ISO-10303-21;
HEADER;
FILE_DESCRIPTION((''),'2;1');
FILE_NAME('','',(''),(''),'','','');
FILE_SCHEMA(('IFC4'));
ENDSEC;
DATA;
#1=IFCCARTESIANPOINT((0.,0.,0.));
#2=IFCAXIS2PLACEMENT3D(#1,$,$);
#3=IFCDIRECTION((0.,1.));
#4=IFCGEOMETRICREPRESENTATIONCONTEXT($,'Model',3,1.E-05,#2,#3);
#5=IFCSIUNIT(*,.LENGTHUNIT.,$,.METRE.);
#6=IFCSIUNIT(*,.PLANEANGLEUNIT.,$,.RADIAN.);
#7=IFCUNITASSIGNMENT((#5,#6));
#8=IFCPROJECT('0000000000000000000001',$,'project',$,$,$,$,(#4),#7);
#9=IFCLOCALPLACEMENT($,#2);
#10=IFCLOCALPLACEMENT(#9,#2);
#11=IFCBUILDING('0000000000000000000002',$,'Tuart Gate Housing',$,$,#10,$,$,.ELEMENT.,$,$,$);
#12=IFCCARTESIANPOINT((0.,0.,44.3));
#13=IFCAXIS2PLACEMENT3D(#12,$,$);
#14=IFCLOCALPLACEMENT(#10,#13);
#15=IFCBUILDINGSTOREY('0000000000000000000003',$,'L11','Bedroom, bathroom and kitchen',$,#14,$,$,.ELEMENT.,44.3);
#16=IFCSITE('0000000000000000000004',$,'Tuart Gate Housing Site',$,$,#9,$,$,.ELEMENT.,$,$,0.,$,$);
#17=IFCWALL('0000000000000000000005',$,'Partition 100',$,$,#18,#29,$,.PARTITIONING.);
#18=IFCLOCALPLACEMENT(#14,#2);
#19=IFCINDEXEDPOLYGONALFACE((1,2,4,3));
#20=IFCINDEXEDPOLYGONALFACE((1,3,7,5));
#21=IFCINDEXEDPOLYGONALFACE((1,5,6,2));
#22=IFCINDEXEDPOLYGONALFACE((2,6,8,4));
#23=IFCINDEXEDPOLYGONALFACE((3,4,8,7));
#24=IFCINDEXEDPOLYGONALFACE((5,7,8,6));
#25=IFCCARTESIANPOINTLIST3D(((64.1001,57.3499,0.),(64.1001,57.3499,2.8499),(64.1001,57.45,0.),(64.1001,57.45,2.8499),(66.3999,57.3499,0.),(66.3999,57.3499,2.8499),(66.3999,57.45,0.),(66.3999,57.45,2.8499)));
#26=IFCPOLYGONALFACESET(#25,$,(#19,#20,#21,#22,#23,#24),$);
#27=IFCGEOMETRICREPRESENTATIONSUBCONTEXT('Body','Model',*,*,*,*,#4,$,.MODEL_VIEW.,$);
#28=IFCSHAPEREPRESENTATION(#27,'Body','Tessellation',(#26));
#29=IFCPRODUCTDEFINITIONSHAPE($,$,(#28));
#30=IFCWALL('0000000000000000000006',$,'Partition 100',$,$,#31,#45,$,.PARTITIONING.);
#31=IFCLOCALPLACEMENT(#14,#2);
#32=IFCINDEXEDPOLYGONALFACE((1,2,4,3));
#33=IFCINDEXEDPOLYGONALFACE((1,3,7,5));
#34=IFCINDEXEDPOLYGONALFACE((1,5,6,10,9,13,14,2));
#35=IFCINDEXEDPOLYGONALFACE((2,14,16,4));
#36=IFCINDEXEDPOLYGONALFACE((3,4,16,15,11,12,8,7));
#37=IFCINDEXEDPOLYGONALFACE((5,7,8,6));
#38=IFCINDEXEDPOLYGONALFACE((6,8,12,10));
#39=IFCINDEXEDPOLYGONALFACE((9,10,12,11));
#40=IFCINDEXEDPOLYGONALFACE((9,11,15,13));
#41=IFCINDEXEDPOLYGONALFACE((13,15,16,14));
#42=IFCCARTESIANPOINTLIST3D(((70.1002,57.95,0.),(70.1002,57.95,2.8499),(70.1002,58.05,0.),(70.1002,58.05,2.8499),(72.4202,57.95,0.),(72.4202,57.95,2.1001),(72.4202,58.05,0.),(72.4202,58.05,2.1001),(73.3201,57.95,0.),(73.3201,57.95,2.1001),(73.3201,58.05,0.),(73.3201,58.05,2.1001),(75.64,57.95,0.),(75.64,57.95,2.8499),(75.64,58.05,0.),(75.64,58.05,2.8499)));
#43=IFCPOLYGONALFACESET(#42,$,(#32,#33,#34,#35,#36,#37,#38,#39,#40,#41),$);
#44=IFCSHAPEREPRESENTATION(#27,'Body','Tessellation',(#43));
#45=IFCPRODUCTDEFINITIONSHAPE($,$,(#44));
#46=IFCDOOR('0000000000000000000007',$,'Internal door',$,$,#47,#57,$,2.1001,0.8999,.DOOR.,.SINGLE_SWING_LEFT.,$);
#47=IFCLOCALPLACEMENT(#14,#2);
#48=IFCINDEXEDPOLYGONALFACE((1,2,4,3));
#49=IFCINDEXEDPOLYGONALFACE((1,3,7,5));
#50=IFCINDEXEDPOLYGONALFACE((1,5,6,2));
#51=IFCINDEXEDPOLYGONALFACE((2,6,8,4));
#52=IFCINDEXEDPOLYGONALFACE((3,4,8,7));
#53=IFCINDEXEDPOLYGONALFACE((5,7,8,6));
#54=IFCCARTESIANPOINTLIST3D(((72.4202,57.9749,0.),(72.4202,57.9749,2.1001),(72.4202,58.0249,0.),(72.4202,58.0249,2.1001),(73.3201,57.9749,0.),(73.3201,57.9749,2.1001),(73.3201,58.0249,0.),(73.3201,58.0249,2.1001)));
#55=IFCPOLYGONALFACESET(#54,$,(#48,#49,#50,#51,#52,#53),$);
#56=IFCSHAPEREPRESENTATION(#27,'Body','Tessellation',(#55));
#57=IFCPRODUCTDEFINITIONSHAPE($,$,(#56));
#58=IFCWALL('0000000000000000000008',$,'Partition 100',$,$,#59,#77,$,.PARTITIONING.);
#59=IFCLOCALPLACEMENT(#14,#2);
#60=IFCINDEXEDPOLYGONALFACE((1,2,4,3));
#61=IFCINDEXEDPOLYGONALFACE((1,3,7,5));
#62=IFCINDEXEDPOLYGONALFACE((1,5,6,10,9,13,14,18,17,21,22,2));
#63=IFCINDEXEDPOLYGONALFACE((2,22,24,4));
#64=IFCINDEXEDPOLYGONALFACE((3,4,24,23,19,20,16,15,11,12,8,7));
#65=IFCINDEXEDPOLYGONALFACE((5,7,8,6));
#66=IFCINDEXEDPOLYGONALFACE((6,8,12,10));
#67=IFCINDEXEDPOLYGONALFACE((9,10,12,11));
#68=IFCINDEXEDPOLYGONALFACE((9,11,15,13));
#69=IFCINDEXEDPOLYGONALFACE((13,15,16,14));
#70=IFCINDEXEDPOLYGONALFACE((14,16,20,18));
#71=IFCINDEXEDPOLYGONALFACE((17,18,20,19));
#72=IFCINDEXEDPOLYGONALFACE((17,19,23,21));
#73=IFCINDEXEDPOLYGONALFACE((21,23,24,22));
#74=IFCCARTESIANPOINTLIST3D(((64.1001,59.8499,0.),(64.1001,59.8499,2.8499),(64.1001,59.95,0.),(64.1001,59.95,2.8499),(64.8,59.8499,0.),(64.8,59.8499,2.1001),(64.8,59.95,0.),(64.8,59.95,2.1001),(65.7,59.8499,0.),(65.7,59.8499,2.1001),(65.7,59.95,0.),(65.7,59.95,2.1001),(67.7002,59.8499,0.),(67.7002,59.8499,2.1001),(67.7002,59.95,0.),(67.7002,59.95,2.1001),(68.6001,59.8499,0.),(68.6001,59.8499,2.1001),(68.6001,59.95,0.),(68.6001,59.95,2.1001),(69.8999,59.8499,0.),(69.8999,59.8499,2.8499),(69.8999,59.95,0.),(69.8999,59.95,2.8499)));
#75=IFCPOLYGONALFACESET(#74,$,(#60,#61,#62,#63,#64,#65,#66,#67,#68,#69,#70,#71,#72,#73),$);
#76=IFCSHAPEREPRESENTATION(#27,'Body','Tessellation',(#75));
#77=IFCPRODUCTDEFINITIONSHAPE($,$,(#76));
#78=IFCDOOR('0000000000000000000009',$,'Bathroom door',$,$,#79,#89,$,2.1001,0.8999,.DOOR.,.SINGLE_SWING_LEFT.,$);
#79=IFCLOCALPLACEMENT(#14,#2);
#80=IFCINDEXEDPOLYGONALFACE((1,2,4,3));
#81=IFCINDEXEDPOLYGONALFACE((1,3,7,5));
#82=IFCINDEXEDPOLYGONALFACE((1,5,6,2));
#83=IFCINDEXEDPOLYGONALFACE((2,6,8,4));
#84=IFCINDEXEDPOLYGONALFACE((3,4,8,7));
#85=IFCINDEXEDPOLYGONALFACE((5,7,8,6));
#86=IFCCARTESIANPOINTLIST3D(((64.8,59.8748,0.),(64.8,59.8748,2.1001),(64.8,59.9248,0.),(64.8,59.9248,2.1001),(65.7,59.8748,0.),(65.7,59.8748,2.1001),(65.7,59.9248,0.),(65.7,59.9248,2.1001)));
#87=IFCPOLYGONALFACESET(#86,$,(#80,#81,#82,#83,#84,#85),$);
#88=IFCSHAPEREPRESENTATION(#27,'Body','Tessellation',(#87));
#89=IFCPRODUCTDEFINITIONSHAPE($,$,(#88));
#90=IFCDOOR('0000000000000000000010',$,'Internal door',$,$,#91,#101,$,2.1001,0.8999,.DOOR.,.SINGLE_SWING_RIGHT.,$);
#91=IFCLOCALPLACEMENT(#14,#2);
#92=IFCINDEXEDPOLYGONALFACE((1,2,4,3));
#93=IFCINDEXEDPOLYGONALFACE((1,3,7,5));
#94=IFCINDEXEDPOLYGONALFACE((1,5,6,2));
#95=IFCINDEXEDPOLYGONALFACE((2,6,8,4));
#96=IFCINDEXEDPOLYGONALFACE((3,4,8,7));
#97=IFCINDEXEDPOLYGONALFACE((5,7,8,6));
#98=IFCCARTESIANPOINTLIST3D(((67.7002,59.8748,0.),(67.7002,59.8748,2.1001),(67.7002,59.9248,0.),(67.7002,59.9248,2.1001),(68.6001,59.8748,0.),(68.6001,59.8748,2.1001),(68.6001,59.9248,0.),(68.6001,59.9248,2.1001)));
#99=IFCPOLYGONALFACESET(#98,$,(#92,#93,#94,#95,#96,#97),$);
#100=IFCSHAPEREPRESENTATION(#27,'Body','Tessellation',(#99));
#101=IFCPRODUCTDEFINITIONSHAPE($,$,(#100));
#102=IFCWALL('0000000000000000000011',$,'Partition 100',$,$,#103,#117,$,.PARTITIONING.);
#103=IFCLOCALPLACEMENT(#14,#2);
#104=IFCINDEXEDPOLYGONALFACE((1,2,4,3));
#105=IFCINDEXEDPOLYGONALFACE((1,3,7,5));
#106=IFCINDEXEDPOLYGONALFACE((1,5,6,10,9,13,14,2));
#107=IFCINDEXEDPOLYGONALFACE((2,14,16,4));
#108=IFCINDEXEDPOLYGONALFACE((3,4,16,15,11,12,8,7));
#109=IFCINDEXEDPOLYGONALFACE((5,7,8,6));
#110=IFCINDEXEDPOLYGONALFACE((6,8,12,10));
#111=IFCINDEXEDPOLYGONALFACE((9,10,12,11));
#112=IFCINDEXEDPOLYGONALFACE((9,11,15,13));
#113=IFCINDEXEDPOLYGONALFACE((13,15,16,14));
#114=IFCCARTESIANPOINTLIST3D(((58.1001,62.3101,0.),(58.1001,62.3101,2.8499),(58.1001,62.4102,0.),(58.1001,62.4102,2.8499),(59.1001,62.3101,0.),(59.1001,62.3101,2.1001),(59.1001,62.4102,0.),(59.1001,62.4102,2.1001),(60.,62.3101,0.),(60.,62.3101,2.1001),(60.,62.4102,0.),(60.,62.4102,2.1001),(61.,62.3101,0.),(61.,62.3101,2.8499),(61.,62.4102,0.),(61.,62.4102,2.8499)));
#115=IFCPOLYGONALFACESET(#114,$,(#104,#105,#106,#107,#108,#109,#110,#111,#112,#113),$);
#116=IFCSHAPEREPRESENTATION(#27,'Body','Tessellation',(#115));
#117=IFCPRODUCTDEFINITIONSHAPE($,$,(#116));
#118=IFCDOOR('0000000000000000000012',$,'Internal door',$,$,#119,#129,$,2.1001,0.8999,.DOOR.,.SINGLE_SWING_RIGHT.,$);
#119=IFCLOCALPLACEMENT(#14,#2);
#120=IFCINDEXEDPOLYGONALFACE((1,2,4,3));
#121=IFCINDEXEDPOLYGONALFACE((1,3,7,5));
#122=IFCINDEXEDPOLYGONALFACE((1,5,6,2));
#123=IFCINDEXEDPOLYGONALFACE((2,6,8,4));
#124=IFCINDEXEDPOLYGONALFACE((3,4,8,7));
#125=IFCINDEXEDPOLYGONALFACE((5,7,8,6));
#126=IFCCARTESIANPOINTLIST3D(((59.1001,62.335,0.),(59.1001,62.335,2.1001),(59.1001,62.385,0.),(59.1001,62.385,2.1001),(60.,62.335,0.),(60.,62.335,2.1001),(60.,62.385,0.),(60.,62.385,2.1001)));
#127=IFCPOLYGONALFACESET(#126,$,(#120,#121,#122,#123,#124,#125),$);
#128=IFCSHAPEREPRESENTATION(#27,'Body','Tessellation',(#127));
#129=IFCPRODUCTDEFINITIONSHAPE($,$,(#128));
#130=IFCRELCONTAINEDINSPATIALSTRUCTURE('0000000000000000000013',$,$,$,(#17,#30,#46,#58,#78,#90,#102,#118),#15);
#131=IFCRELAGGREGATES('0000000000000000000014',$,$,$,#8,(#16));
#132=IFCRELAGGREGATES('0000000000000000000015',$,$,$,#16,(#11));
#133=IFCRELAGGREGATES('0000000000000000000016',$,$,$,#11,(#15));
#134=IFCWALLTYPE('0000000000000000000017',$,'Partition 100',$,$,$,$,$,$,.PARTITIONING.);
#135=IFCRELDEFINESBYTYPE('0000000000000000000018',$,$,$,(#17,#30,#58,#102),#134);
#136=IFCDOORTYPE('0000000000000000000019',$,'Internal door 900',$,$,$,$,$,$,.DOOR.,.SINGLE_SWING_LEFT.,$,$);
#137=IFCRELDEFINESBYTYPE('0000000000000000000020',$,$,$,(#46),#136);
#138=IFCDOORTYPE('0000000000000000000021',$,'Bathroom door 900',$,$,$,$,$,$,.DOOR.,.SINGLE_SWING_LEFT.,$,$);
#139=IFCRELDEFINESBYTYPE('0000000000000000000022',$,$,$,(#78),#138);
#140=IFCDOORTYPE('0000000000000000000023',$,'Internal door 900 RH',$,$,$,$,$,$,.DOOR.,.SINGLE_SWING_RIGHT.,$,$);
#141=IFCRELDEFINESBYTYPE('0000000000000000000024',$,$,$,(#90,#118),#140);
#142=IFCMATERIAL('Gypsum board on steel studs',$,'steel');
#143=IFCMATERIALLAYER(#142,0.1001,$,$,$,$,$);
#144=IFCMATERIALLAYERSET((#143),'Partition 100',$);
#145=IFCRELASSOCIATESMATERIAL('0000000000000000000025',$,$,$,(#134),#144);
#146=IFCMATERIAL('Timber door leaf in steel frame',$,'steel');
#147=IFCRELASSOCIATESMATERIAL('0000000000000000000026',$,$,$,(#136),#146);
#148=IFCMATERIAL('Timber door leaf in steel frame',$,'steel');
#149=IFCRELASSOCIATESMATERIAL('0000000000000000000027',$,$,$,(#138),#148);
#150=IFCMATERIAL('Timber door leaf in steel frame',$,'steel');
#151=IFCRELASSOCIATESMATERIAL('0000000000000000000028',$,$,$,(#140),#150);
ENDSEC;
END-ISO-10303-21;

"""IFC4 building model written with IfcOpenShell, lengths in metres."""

from ifc_helpers import new_model, si_unit, direction, frame, frame_2d, origin, place, context, subcontext, project, spatial, rectangle, extrude, material, layer, layer_set, type_object, element, fill, save


model = new_model("IFC4")

# Units and contexts
model_context = context("Model", 3, precision=1e-05, world=origin(), true_north=direction((0.0, 1.0)))
body_context = subcontext(model_context, "Body", "Model", "MODEL_VIEW")
ifc_project = project(units=[si_unit("LENGTHUNIT", "METRE"), si_unit("PLANEANGLEUNIT", "RADIAN")], contexts=[model_context])

# Site, building, storey
site_placement = place(None, origin())
site = spatial("IfcSite", under=ifc_project, at=site_placement, Name="Tuart Gate Housing Site", CompositionType="ELEMENT", RefElevation=0.0)
building_placement = place(site_placement, origin())
building = spatial("IfcBuilding", under=site, at=building_placement, Name="Tuart Gate Housing", CompositionType="ELEMENT")
storey_placement = place(building_placement, frame((0.0, 0.0, 44.3)))
storey = spatial("IfcBuildingStorey", under=building, at=storey_placement, Name="L11", Description="Bedroom, bathroom and kitchen", CompositionType="ELEMENT", Elevation=44.3)

# Wall
ifc_material_1 = material(Name="Gypsum board on steel studs", Category="steel")
ifc_layer_1 = layer(ifc_material_1, 0.1001)
ifc_layer_set_1 = layer_set([ifc_layer_1], Name="Partition 100")
wall_type_1 = type_object("IfcWallType", Name="Partition 100", PredefinedType="PARTITIONING", material=ifc_layer_set_1)
wall_1_placement = place(storey_placement, frame((64.1001, 57.3999, 0.0), z_axis=(0.0, 0.0, 1.0), x_axis=(1.0, 0.0, 0.0)))
element("IfcWall", 1, at=wall_1_placement, inside=storey, type_object=wall_type_1, Name="Partition 100", PredefinedType="PARTITIONING", context=body_context, shape_type="SweptSolid", body=[
    extrude(rectangle(XDim=2.2998, YDim=0.1001, at=frame_2d((1.1499, 0.0))), origin(), (0.0, 0.0, 1.0), 2.8499),
])

# Wall, opening, door
wall_2_placement = place(storey_placement, frame((70.1001, 58.0, 0.0), z_axis=(0.0, 0.0, 1.0), x_axis=(1.0, 0.0, 0.0)))
wall_2 = element("IfcWall", 2, at=wall_2_placement, inside=storey, type_object=wall_type_1, Name="Partition 100", PredefinedType="PARTITIONING", context=body_context, shape_type="SweptSolid", body=[
    extrude(rectangle(XDim=5.5398, YDim=0.1001, at=frame_2d((2.77, 0.0))), origin(), (0.0, 0.0, 1.0), 2.8499),
])
opening_1_placement = place(wall_2_placement, frame((2.3201, 0.0, 0.0)))
opening_1 = element("IfcOpeningElement", 3, at=opening_1_placement, cuts=wall_2, PredefinedType="OPENING", context=body_context, shape_type="SweptSolid", body=[
    extrude(rectangle(XDim=0.8999, YDim=2.1001, at=frame_2d((0.45, 1.05))), frame((0.0, 0.0601, 0.0), z_axis=(0.0, -1.0, 0.0), x_axis=(1.0, 0.0, 0.0)), (0.0, 0.0, 1.0), 0.1201),
])
ifc_material_2 = material(Name="Timber door leaf in steel frame", Category="steel")
door_type_1 = type_object("IfcDoorType", Name="Internal door 900", OperationType="SINGLE_SWING_LEFT", PredefinedType="DOOR", material=ifc_material_2)
door_1_placement = place(opening_1_placement, frame((0.8999, 0.0, 0.0), z_axis=(0.0, 0.0, 1.0), x_axis=(-1.0, 0.0, 0.0)))
door_1 = element("IfcDoor", 4, at=door_1_placement, inside=storey, type_object=door_type_1, Name="Internal door", OperationType="SINGLE_SWING_LEFT", OverallHeight=2.1001, OverallWidth=0.8999, PredefinedType="DOOR", context=body_context, shape_type="SweptSolid", body=[
    extrude(rectangle(XDim=0.8999, YDim=2.1001, at=frame_2d((0.45, 1.05))), frame((0.0, 0.0251, 0.0), z_axis=(0.0, -1.0, 0.0), x_axis=(1.0, 0.0, 0.0)), (0.0, 0.0, 1.0), 0.05),
])
fill(opening_1, door_1)

# Wall, openings, doors
wall_3_placement = place(storey_placement, frame((64.1001, 59.8999, 0.0), z_axis=(0.0, 0.0, 1.0), x_axis=(1.0, 0.0, 0.0)))
wall_3 = element("IfcWall", 5, at=wall_3_placement, inside=storey, type_object=wall_type_1, Name="Partition 100", PredefinedType="PARTITIONING", context=body_context, shape_type="SweptSolid", body=[
    extrude(rectangle(XDim=5.7998, YDim=0.1001, at=frame_2d((2.8999, 0.0))), origin(), (0.0, 0.0, 1.0), 2.8499),
])
opening_2_placement = place(wall_3_placement, frame((3.6001, 0.0, 0.0)))
opening_2 = element("IfcOpeningElement", 6, at=opening_2_placement, cuts=wall_3, PredefinedType="OPENING", context=body_context, shape_type="SweptSolid", body=[
    extrude(rectangle(XDim=0.8999, YDim=2.1001, at=frame_2d((0.45, 1.05))), frame((0.0, 0.0601, 0.0), z_axis=(0.0, -1.0, 0.0), x_axis=(1.0, 0.0, 0.0)), (0.0, 0.0, 1.0), 0.1201),
])
opening_3_placement = place(wall_3_placement, frame((0.7, 0.0, 0.0)))
opening_3 = element("IfcOpeningElement", 7, at=opening_3_placement, cuts=wall_3, PredefinedType="OPENING", context=body_context, shape_type="SweptSolid", body=[
    extrude(rectangle(XDim=0.8999, YDim=2.1001, at=frame_2d((0.45, 1.05))), frame((0.0, 0.0601, 0.0), z_axis=(0.0, -1.0, 0.0), x_axis=(1.0, 0.0, 0.0)), (0.0, 0.0, 1.0), 0.1201),
])
ifc_material_3 = material(Name="Timber door leaf in steel frame", Category="steel")
door_type_2 = type_object("IfcDoorType", Name="Bathroom door 900", OperationType="SINGLE_SWING_LEFT", PredefinedType="DOOR", material=ifc_material_3)
door_2_placement = place(opening_3_placement, frame((0.8999, 0.0, 0.0), z_axis=(0.0, 0.0, 1.0), x_axis=(-1.0, 0.0, 0.0)))
door_2 = element("IfcDoor", 8, at=door_2_placement, inside=storey, type_object=door_type_2, Name="Bathroom door", OperationType="SINGLE_SWING_LEFT", OverallHeight=2.1001, OverallWidth=0.8999, PredefinedType="DOOR", context=body_context, shape_type="SweptSolid", body=[
    extrude(rectangle(XDim=0.8999, YDim=2.1001, at=frame_2d((0.45, 1.05))), frame((0.0, 0.0251, 0.0), z_axis=(0.0, -1.0, 0.0), x_axis=(1.0, 0.0, 0.0)), (0.0, 0.0, 1.0), 0.05),
])
fill(opening_3, door_2)
ifc_material_4 = material(Name="Timber door leaf in steel frame", Category="steel")
door_type_3 = type_object("IfcDoorType", Name="Internal door 900 RH", OperationType="SINGLE_SWING_RIGHT", PredefinedType="DOOR", material=ifc_material_4)
door_3_placement = place(opening_2_placement, frame((0.8999, 0.0, 0.0), z_axis=(0.0, 0.0, 1.0), x_axis=(-1.0, 0.0, 0.0)))
door_3 = element("IfcDoor", 9, at=door_3_placement, inside=storey, type_object=door_type_3, Name="Internal door", OperationType="SINGLE_SWING_RIGHT", OverallHeight=2.1001, OverallWidth=0.8999, PredefinedType="DOOR", context=body_context, shape_type="SweptSolid", body=[
    extrude(rectangle(XDim=0.8999, YDim=2.1001, at=frame_2d((0.45, 1.05))), frame((0.0, 0.0251, 0.0), z_axis=(0.0, -1.0, 0.0), x_axis=(1.0, 0.0, 0.0)), (0.0, 0.0, 1.0), 0.05),
])
fill(opening_2, door_3)

# Wall, opening, door
wall_4_placement = place(storey_placement, frame((58.1001, 62.3601, 0.0), z_axis=(0.0, 0.0, 1.0), x_axis=(1.0, 0.0, 0.0)))
wall_4 = element("IfcWall", 10, at=wall_4_placement, inside=storey, type_object=wall_type_1, Name="Partition 100", PredefinedType="PARTITIONING", context=body_context, shape_type="SweptSolid", body=[
    extrude(rectangle(XDim=2.8999, YDim=0.1001, at=frame_2d((1.45, 0.0))), origin(), (0.0, 0.0, 1.0), 2.8499),
])
opening_4_placement = place(wall_4_placement, frame((1.0, 0.0, 0.0)))
opening_4 = element("IfcOpeningElement", 11, at=opening_4_placement, cuts=wall_4, PredefinedType="OPENING", context=body_context, shape_type="SweptSolid", body=[
    extrude(rectangle(XDim=0.8999, YDim=2.1001, at=frame_2d((0.45, 1.05))), frame((0.0, 0.0601, 0.0), z_axis=(0.0, -1.0, 0.0), x_axis=(1.0, 0.0, 0.0)), (0.0, 0.0, 1.0), 0.1201),
])
door_4_placement = place(opening_4_placement, origin())
door_4 = element("IfcDoor", 12, at=door_4_placement, inside=storey, type_object=door_type_3, Name="Internal door", OperationType="SINGLE_SWING_RIGHT", OverallHeight=2.1001, OverallWidth=0.8999, PredefinedType="DOOR", context=body_context, shape_type="SweptSolid", body=[
    extrude(rectangle(XDim=0.8999, YDim=2.1001, at=frame_2d((0.45, 1.05))), frame((0.0, 0.0249, 0.0), z_axis=(0.0, -1.0, 0.0), x_axis=(1.0, 0.0, 0.0)), (0.0, 0.0, 1.0), 0.05),
])
fill(opening_4, door_4)

save(model, "model.ifc")
